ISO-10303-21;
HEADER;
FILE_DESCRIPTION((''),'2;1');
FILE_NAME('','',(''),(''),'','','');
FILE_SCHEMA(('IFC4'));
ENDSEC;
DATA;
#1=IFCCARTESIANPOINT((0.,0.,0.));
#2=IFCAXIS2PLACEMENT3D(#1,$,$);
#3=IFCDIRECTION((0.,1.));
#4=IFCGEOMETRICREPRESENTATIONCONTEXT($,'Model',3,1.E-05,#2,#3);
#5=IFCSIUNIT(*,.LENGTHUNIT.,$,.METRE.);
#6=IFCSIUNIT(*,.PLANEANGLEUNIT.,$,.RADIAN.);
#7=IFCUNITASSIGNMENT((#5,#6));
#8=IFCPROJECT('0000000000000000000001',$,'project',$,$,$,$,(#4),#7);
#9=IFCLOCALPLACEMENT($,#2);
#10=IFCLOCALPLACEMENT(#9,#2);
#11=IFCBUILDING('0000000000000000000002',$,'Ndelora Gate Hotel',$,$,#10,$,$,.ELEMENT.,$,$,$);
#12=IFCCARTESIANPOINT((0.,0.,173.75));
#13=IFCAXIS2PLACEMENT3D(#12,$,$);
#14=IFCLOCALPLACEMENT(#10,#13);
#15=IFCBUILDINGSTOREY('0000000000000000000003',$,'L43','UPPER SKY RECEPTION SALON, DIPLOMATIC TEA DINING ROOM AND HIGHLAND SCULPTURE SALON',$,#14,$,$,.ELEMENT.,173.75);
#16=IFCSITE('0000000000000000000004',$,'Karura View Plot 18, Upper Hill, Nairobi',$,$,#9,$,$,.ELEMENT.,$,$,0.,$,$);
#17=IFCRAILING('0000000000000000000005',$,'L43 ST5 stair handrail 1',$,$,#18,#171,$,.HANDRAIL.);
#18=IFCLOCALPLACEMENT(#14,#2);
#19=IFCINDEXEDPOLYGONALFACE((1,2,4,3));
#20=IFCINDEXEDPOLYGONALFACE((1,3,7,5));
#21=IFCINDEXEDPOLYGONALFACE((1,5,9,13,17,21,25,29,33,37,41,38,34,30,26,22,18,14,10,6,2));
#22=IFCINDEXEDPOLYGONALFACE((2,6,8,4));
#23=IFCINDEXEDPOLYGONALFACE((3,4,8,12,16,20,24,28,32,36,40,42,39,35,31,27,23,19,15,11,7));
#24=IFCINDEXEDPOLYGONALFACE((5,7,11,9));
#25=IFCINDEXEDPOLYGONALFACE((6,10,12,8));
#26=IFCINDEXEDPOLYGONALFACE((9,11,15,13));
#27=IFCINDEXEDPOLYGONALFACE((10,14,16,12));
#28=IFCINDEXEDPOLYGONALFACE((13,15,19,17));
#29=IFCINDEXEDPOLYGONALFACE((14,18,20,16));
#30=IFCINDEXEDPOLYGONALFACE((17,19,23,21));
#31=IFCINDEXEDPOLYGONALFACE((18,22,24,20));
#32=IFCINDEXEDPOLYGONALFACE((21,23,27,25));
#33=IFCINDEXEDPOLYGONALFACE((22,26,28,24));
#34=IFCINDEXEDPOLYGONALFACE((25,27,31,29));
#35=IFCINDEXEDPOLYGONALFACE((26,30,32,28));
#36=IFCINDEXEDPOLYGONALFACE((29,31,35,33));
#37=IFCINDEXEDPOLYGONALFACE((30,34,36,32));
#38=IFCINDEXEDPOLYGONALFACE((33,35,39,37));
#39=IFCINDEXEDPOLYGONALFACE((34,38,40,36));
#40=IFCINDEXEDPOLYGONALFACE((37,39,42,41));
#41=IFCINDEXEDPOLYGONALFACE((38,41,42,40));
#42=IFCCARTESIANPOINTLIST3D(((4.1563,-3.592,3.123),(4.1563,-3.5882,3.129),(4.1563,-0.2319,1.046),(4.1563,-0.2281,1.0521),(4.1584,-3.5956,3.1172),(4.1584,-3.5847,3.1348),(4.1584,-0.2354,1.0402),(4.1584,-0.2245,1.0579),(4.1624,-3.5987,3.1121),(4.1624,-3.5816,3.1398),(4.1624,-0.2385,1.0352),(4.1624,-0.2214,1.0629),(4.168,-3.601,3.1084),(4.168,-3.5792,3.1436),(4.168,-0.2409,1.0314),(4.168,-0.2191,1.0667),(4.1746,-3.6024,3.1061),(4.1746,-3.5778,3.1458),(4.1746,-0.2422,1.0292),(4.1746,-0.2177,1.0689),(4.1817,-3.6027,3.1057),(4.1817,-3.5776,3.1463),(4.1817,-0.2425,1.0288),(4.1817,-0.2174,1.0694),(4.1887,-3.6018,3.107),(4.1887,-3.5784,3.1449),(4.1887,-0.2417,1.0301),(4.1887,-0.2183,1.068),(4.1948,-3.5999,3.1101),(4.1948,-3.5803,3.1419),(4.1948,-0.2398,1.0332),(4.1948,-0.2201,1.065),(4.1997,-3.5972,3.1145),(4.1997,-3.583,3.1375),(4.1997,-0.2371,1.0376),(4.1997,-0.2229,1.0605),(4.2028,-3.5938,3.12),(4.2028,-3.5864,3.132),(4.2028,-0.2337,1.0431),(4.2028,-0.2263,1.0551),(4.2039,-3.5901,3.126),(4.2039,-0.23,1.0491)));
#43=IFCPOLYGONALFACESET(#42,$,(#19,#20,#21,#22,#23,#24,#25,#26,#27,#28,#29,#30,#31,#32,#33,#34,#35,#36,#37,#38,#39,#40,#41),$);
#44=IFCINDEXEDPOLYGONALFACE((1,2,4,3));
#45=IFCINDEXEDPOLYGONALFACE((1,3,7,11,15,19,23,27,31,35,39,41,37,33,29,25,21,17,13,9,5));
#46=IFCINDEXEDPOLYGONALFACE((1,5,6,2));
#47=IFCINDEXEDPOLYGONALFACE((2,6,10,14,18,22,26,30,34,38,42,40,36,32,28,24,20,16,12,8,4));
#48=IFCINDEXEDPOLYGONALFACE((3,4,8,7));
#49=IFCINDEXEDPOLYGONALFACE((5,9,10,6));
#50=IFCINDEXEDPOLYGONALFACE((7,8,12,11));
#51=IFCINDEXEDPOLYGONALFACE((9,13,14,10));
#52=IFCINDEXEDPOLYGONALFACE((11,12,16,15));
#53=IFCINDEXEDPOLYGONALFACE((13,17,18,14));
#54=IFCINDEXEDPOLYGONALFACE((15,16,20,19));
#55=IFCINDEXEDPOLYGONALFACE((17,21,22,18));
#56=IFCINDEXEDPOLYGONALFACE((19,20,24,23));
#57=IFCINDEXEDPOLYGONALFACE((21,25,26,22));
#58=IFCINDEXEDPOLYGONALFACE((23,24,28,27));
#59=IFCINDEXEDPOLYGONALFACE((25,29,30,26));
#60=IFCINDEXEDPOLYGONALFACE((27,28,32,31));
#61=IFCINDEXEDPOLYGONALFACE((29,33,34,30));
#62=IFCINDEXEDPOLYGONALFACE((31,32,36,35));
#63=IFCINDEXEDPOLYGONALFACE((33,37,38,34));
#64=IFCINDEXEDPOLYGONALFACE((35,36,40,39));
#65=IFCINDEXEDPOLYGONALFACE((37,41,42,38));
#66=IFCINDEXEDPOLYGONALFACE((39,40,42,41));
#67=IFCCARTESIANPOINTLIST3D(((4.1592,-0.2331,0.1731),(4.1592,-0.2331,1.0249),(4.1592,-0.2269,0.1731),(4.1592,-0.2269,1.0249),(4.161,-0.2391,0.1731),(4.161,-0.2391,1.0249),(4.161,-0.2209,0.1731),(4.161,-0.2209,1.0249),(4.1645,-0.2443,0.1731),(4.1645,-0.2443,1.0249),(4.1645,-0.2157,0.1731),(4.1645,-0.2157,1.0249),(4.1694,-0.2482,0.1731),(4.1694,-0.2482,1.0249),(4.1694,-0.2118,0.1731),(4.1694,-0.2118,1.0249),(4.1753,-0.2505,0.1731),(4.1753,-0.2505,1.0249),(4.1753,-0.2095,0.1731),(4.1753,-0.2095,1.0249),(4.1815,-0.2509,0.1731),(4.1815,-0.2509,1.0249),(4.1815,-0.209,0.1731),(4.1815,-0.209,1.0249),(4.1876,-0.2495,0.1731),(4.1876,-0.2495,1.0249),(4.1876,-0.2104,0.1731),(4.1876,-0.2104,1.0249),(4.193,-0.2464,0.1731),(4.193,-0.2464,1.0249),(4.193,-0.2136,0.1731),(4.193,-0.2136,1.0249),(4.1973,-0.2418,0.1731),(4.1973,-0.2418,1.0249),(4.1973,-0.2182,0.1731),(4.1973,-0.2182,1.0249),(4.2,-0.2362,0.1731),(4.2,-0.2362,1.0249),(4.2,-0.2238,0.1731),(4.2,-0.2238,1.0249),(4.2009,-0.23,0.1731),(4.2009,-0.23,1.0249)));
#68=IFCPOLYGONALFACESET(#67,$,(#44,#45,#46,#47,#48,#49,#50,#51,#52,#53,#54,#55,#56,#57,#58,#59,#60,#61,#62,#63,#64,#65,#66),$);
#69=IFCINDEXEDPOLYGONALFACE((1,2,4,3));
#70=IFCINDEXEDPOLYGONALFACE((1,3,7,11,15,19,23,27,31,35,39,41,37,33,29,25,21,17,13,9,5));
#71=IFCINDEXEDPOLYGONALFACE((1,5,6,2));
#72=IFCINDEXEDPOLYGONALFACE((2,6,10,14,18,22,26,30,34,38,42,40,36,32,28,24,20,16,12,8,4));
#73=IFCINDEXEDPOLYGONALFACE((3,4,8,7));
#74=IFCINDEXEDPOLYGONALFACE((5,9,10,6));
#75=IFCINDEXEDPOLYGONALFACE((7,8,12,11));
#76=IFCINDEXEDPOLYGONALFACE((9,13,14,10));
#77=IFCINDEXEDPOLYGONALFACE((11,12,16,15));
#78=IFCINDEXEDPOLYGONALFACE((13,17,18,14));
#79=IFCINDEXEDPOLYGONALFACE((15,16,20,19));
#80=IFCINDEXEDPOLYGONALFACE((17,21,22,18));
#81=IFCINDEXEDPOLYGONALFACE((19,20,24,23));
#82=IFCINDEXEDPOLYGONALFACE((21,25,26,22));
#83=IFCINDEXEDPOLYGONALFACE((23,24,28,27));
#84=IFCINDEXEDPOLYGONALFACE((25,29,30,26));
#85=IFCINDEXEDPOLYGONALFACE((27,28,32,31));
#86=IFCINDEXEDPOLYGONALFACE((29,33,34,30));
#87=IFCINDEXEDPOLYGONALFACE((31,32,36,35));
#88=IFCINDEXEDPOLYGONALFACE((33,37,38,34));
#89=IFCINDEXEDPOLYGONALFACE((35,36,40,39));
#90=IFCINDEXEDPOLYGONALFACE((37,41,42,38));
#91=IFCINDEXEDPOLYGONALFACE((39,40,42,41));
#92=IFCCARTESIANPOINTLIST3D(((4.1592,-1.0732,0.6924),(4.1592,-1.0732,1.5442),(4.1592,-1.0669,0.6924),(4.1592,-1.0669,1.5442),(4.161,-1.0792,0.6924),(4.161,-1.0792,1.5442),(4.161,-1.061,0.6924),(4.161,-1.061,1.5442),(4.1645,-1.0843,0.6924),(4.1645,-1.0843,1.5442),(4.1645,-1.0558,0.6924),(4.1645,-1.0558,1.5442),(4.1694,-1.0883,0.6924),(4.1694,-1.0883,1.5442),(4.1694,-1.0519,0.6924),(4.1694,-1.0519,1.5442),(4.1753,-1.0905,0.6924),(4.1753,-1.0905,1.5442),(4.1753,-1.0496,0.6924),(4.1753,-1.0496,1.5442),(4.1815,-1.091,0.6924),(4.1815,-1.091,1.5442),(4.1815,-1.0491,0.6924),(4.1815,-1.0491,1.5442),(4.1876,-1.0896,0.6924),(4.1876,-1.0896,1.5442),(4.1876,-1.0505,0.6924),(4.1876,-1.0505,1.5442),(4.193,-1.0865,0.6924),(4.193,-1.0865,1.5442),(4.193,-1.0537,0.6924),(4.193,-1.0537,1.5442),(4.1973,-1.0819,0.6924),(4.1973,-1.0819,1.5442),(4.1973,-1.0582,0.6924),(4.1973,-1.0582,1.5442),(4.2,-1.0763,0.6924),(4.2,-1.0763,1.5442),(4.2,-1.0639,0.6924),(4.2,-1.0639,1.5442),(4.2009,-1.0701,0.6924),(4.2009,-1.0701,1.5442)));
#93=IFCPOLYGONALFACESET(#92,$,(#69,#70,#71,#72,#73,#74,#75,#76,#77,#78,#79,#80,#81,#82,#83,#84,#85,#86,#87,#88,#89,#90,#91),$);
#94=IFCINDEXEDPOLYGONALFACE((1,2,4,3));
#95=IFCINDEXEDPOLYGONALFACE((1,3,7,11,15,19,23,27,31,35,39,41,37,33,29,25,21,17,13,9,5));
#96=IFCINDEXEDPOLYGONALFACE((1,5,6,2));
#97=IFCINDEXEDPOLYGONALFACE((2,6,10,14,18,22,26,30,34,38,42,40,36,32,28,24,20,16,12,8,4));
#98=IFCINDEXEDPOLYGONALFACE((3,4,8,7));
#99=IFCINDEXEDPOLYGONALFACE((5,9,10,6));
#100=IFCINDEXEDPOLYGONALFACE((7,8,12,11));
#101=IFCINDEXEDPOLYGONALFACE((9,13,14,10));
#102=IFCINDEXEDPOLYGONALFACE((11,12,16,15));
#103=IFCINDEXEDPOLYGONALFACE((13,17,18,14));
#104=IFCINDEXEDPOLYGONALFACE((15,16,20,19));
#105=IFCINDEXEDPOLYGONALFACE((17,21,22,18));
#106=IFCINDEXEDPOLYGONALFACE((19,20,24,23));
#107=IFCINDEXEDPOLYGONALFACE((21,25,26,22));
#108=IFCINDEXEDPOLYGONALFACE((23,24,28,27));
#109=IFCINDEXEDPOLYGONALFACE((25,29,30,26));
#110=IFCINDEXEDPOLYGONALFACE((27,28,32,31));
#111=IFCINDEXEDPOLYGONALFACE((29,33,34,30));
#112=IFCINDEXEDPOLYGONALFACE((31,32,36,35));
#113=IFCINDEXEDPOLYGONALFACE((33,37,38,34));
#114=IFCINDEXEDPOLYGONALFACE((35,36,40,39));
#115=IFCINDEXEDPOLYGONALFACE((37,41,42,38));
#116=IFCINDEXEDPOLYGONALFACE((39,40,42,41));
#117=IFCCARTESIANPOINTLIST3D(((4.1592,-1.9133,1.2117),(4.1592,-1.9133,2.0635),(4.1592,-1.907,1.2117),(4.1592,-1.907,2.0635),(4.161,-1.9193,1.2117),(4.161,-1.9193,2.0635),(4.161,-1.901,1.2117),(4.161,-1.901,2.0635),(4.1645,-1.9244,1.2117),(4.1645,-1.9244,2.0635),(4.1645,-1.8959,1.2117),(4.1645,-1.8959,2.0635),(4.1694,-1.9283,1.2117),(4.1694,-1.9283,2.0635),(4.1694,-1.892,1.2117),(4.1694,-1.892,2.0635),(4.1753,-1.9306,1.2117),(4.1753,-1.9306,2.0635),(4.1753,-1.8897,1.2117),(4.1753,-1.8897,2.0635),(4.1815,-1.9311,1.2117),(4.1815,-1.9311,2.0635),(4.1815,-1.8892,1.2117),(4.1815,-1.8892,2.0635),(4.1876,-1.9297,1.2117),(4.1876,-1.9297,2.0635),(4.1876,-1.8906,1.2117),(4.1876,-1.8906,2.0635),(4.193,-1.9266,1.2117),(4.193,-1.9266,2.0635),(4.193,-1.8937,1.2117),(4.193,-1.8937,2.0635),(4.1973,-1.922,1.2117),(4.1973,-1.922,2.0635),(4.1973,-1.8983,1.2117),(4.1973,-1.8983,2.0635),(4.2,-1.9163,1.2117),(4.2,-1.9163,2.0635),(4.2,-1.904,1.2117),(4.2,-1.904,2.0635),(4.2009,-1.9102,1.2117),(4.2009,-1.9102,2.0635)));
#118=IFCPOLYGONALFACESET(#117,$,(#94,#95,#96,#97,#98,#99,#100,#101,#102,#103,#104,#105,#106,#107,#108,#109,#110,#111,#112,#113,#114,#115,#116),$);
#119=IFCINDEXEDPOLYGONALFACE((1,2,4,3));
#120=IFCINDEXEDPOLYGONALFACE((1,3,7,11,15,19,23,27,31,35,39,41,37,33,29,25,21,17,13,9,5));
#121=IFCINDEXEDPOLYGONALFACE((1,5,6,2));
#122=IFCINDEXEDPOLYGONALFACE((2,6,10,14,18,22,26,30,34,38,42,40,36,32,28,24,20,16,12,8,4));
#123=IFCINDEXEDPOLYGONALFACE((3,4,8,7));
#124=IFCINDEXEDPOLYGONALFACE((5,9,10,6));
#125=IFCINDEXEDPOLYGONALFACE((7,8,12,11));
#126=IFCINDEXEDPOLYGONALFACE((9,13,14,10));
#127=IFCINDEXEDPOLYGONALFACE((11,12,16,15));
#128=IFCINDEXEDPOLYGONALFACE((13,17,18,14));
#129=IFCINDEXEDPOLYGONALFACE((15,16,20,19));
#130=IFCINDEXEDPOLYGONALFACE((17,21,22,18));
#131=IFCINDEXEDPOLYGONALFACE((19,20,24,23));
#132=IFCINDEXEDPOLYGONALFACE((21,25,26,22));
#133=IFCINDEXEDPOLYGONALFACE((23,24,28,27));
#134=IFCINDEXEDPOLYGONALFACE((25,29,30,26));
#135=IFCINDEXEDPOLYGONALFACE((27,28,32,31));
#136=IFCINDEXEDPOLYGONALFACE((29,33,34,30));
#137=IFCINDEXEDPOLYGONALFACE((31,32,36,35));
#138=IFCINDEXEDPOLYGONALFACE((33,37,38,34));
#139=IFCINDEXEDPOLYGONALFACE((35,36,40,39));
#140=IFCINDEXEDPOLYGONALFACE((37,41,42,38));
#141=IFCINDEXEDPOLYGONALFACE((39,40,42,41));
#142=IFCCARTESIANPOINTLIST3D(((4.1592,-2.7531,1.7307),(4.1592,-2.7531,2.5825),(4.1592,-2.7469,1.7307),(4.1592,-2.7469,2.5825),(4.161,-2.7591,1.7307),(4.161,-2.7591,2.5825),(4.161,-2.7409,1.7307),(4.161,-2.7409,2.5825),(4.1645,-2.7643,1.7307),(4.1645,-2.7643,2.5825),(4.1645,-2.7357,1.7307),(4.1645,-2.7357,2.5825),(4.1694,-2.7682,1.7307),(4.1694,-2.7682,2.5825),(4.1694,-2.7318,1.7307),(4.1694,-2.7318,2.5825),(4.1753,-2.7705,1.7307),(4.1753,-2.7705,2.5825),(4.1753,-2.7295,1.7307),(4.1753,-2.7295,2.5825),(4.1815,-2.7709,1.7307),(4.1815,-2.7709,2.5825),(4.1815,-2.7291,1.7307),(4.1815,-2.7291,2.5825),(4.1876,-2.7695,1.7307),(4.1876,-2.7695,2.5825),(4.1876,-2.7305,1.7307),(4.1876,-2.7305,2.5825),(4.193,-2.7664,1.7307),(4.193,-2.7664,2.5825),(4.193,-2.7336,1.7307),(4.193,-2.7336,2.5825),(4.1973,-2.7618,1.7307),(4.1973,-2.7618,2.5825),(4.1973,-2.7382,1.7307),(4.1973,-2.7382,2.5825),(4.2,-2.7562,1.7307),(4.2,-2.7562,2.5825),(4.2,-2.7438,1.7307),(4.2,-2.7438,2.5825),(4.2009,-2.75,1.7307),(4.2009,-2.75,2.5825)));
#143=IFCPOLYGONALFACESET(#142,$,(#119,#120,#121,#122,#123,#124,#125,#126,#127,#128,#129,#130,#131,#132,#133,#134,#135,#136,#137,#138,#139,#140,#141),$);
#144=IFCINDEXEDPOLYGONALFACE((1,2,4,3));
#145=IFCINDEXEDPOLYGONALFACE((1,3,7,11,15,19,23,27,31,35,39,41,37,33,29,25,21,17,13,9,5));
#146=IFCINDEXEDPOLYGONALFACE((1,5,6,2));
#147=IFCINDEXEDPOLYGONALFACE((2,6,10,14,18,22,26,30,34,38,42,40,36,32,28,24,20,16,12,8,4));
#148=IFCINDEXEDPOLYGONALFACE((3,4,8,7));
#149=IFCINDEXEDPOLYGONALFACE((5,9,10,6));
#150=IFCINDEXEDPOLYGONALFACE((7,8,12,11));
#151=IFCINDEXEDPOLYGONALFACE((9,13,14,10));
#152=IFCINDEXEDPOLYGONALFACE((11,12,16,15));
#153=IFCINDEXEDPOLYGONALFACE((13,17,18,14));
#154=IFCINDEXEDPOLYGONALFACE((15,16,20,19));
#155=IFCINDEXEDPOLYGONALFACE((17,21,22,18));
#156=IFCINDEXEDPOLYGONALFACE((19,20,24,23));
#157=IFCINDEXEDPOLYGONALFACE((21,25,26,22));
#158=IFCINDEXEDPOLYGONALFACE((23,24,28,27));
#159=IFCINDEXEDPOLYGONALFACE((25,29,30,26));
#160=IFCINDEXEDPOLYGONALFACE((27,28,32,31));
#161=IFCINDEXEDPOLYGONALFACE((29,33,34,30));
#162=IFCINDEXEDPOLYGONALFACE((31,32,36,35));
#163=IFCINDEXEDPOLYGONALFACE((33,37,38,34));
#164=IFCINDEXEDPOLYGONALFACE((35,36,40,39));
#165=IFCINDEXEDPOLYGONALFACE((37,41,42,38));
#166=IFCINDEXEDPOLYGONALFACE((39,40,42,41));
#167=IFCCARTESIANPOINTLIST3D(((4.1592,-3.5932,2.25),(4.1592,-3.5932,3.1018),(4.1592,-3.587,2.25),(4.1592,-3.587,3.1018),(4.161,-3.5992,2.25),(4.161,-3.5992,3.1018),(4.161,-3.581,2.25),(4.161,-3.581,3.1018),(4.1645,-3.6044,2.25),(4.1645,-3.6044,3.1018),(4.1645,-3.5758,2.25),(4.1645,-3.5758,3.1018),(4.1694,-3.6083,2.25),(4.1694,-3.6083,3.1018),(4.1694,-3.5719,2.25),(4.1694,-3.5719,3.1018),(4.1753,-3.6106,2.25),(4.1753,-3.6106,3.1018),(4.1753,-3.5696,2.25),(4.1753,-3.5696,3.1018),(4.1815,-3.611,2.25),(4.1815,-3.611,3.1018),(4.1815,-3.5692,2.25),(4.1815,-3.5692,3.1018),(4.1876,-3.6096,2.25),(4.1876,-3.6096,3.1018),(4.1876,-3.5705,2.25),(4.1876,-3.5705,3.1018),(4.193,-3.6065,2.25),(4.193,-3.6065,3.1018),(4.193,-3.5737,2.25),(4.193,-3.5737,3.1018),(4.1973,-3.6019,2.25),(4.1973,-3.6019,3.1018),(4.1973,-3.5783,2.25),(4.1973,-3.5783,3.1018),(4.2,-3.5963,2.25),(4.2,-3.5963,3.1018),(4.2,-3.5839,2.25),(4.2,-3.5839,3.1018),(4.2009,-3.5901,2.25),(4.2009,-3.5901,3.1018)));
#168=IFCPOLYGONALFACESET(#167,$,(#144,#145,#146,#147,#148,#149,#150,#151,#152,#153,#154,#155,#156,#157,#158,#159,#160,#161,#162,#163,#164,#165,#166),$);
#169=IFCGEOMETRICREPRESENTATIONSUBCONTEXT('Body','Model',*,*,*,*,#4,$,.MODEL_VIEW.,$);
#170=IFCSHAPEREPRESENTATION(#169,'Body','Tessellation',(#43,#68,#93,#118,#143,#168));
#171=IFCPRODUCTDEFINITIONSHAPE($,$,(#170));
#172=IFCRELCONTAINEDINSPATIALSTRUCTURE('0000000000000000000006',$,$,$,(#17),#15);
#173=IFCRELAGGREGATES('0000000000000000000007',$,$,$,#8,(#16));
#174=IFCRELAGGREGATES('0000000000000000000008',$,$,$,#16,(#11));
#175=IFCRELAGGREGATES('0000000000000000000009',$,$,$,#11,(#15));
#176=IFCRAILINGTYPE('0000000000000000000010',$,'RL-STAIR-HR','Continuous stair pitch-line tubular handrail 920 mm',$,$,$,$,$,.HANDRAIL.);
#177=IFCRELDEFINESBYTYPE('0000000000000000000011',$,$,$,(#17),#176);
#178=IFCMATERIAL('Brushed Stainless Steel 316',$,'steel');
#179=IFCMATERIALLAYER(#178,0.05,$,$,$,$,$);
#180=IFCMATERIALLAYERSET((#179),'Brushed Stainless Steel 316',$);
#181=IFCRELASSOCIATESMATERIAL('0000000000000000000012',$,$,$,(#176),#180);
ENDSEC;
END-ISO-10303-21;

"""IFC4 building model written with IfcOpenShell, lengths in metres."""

from ifc_helpers import new_model, si_unit, direction, frame, origin, origin_2d, place, context, subcontext, project, spatial, circle, extrude, material, layer, layer_set, type_object, element, save


model = new_model("IFC4")

# Units and contexts
model_context = context("Model", 3, precision=1e-05, world=origin(), true_north=direction((0.0, 1.0)))
body_context = subcontext(model_context, "Body", "Model", "MODEL_VIEW")
ifc_project = project(units=[si_unit("LENGTHUNIT", "METRE"), si_unit("PLANEANGLEUNIT", "RADIAN")], contexts=[model_context])

# Site, building, storey
site_placement = place(None, origin())
site = spatial("IfcSite", under=ifc_project, at=site_placement, Name="Karura View Plot 18, Upper Hill, Nairobi", CompositionType="ELEMENT", RefElevation=0.0)
building_placement = place(site_placement, origin())
building = spatial("IfcBuilding", under=site, at=building_placement, Name="Ndelora Gate Hotel", CompositionType="ELEMENT")
storey_placement = place(building_placement, frame((0.0, 0.0, 173.75)))
storey = spatial("IfcBuildingStorey", under=building, at=storey_placement, Name="L43", Description="UPPER SKY RECEPTION SALON, DIPLOMATIC TEA DINING ROOM AND HIGHLAND SCULPTURE SALON", CompositionType="ELEMENT", Elevation=173.75)

# Railing
ifc_material_1 = material(Name="Brushed Stainless Steel 316", Category="steel")
ifc_layer_1 = layer(ifc_material_1, 0.05)
ifc_layer_set_1 = layer_set([ifc_layer_1], Name="Brushed Stainless Steel 316")
railing_type_1 = type_object("IfcRailingType", Name="RL-STAIR-HR", Description="Continuous stair pitch-line tubular handrail 920 mm", PredefinedType="HANDRAIL", material=ifc_layer_set_1)
railing_1_placement = place(storey_placement, frame((4.1799, -0.23, 0.1731)))
element("IfcRailing", 1, at=railing_1_placement, inside=storey, type_object=railing_type_1, Name="L43 ST5 stair handrail 1", PredefinedType="HANDRAIL", context=body_context, shape_type="SweptSolid", body=[
    extrude(circle(Radius=0.0239, at=origin_2d()), frame((0.0, 0.0, 0.876), z_axis=(0.0, -0.850623, 0.525776), x_axis=(1.0, 0.0, 0.0)), (0.0, 0.0, 1.0), 3.9502),
    extrude(circle(Radius=0.021, at=origin_2d()), origin(), (0.0, 0.0, 1.0), 0.8518),
    extrude(circle(Radius=0.021, at=origin_2d()), frame((0.0, -0.8401, 0.5193)), (0.0, 0.0, 1.0), 0.8518),
    extrude(circle(Radius=0.021, at=origin_2d()), frame((0.0, -1.6802, 1.0386)), (0.0, 0.0, 1.0), 0.8518),
    extrude(circle(Radius=0.021, at=origin_2d()), frame((0.0, -2.52, 1.5576)), (0.0, 0.0, 1.0), 0.8518),
    extrude(circle(Radius=0.021, at=origin_2d()), frame((0.0, -3.3601, 2.0769)), (0.0, 0.0, 1.0), 0.8518),
])

save(model, "model.ifc")
